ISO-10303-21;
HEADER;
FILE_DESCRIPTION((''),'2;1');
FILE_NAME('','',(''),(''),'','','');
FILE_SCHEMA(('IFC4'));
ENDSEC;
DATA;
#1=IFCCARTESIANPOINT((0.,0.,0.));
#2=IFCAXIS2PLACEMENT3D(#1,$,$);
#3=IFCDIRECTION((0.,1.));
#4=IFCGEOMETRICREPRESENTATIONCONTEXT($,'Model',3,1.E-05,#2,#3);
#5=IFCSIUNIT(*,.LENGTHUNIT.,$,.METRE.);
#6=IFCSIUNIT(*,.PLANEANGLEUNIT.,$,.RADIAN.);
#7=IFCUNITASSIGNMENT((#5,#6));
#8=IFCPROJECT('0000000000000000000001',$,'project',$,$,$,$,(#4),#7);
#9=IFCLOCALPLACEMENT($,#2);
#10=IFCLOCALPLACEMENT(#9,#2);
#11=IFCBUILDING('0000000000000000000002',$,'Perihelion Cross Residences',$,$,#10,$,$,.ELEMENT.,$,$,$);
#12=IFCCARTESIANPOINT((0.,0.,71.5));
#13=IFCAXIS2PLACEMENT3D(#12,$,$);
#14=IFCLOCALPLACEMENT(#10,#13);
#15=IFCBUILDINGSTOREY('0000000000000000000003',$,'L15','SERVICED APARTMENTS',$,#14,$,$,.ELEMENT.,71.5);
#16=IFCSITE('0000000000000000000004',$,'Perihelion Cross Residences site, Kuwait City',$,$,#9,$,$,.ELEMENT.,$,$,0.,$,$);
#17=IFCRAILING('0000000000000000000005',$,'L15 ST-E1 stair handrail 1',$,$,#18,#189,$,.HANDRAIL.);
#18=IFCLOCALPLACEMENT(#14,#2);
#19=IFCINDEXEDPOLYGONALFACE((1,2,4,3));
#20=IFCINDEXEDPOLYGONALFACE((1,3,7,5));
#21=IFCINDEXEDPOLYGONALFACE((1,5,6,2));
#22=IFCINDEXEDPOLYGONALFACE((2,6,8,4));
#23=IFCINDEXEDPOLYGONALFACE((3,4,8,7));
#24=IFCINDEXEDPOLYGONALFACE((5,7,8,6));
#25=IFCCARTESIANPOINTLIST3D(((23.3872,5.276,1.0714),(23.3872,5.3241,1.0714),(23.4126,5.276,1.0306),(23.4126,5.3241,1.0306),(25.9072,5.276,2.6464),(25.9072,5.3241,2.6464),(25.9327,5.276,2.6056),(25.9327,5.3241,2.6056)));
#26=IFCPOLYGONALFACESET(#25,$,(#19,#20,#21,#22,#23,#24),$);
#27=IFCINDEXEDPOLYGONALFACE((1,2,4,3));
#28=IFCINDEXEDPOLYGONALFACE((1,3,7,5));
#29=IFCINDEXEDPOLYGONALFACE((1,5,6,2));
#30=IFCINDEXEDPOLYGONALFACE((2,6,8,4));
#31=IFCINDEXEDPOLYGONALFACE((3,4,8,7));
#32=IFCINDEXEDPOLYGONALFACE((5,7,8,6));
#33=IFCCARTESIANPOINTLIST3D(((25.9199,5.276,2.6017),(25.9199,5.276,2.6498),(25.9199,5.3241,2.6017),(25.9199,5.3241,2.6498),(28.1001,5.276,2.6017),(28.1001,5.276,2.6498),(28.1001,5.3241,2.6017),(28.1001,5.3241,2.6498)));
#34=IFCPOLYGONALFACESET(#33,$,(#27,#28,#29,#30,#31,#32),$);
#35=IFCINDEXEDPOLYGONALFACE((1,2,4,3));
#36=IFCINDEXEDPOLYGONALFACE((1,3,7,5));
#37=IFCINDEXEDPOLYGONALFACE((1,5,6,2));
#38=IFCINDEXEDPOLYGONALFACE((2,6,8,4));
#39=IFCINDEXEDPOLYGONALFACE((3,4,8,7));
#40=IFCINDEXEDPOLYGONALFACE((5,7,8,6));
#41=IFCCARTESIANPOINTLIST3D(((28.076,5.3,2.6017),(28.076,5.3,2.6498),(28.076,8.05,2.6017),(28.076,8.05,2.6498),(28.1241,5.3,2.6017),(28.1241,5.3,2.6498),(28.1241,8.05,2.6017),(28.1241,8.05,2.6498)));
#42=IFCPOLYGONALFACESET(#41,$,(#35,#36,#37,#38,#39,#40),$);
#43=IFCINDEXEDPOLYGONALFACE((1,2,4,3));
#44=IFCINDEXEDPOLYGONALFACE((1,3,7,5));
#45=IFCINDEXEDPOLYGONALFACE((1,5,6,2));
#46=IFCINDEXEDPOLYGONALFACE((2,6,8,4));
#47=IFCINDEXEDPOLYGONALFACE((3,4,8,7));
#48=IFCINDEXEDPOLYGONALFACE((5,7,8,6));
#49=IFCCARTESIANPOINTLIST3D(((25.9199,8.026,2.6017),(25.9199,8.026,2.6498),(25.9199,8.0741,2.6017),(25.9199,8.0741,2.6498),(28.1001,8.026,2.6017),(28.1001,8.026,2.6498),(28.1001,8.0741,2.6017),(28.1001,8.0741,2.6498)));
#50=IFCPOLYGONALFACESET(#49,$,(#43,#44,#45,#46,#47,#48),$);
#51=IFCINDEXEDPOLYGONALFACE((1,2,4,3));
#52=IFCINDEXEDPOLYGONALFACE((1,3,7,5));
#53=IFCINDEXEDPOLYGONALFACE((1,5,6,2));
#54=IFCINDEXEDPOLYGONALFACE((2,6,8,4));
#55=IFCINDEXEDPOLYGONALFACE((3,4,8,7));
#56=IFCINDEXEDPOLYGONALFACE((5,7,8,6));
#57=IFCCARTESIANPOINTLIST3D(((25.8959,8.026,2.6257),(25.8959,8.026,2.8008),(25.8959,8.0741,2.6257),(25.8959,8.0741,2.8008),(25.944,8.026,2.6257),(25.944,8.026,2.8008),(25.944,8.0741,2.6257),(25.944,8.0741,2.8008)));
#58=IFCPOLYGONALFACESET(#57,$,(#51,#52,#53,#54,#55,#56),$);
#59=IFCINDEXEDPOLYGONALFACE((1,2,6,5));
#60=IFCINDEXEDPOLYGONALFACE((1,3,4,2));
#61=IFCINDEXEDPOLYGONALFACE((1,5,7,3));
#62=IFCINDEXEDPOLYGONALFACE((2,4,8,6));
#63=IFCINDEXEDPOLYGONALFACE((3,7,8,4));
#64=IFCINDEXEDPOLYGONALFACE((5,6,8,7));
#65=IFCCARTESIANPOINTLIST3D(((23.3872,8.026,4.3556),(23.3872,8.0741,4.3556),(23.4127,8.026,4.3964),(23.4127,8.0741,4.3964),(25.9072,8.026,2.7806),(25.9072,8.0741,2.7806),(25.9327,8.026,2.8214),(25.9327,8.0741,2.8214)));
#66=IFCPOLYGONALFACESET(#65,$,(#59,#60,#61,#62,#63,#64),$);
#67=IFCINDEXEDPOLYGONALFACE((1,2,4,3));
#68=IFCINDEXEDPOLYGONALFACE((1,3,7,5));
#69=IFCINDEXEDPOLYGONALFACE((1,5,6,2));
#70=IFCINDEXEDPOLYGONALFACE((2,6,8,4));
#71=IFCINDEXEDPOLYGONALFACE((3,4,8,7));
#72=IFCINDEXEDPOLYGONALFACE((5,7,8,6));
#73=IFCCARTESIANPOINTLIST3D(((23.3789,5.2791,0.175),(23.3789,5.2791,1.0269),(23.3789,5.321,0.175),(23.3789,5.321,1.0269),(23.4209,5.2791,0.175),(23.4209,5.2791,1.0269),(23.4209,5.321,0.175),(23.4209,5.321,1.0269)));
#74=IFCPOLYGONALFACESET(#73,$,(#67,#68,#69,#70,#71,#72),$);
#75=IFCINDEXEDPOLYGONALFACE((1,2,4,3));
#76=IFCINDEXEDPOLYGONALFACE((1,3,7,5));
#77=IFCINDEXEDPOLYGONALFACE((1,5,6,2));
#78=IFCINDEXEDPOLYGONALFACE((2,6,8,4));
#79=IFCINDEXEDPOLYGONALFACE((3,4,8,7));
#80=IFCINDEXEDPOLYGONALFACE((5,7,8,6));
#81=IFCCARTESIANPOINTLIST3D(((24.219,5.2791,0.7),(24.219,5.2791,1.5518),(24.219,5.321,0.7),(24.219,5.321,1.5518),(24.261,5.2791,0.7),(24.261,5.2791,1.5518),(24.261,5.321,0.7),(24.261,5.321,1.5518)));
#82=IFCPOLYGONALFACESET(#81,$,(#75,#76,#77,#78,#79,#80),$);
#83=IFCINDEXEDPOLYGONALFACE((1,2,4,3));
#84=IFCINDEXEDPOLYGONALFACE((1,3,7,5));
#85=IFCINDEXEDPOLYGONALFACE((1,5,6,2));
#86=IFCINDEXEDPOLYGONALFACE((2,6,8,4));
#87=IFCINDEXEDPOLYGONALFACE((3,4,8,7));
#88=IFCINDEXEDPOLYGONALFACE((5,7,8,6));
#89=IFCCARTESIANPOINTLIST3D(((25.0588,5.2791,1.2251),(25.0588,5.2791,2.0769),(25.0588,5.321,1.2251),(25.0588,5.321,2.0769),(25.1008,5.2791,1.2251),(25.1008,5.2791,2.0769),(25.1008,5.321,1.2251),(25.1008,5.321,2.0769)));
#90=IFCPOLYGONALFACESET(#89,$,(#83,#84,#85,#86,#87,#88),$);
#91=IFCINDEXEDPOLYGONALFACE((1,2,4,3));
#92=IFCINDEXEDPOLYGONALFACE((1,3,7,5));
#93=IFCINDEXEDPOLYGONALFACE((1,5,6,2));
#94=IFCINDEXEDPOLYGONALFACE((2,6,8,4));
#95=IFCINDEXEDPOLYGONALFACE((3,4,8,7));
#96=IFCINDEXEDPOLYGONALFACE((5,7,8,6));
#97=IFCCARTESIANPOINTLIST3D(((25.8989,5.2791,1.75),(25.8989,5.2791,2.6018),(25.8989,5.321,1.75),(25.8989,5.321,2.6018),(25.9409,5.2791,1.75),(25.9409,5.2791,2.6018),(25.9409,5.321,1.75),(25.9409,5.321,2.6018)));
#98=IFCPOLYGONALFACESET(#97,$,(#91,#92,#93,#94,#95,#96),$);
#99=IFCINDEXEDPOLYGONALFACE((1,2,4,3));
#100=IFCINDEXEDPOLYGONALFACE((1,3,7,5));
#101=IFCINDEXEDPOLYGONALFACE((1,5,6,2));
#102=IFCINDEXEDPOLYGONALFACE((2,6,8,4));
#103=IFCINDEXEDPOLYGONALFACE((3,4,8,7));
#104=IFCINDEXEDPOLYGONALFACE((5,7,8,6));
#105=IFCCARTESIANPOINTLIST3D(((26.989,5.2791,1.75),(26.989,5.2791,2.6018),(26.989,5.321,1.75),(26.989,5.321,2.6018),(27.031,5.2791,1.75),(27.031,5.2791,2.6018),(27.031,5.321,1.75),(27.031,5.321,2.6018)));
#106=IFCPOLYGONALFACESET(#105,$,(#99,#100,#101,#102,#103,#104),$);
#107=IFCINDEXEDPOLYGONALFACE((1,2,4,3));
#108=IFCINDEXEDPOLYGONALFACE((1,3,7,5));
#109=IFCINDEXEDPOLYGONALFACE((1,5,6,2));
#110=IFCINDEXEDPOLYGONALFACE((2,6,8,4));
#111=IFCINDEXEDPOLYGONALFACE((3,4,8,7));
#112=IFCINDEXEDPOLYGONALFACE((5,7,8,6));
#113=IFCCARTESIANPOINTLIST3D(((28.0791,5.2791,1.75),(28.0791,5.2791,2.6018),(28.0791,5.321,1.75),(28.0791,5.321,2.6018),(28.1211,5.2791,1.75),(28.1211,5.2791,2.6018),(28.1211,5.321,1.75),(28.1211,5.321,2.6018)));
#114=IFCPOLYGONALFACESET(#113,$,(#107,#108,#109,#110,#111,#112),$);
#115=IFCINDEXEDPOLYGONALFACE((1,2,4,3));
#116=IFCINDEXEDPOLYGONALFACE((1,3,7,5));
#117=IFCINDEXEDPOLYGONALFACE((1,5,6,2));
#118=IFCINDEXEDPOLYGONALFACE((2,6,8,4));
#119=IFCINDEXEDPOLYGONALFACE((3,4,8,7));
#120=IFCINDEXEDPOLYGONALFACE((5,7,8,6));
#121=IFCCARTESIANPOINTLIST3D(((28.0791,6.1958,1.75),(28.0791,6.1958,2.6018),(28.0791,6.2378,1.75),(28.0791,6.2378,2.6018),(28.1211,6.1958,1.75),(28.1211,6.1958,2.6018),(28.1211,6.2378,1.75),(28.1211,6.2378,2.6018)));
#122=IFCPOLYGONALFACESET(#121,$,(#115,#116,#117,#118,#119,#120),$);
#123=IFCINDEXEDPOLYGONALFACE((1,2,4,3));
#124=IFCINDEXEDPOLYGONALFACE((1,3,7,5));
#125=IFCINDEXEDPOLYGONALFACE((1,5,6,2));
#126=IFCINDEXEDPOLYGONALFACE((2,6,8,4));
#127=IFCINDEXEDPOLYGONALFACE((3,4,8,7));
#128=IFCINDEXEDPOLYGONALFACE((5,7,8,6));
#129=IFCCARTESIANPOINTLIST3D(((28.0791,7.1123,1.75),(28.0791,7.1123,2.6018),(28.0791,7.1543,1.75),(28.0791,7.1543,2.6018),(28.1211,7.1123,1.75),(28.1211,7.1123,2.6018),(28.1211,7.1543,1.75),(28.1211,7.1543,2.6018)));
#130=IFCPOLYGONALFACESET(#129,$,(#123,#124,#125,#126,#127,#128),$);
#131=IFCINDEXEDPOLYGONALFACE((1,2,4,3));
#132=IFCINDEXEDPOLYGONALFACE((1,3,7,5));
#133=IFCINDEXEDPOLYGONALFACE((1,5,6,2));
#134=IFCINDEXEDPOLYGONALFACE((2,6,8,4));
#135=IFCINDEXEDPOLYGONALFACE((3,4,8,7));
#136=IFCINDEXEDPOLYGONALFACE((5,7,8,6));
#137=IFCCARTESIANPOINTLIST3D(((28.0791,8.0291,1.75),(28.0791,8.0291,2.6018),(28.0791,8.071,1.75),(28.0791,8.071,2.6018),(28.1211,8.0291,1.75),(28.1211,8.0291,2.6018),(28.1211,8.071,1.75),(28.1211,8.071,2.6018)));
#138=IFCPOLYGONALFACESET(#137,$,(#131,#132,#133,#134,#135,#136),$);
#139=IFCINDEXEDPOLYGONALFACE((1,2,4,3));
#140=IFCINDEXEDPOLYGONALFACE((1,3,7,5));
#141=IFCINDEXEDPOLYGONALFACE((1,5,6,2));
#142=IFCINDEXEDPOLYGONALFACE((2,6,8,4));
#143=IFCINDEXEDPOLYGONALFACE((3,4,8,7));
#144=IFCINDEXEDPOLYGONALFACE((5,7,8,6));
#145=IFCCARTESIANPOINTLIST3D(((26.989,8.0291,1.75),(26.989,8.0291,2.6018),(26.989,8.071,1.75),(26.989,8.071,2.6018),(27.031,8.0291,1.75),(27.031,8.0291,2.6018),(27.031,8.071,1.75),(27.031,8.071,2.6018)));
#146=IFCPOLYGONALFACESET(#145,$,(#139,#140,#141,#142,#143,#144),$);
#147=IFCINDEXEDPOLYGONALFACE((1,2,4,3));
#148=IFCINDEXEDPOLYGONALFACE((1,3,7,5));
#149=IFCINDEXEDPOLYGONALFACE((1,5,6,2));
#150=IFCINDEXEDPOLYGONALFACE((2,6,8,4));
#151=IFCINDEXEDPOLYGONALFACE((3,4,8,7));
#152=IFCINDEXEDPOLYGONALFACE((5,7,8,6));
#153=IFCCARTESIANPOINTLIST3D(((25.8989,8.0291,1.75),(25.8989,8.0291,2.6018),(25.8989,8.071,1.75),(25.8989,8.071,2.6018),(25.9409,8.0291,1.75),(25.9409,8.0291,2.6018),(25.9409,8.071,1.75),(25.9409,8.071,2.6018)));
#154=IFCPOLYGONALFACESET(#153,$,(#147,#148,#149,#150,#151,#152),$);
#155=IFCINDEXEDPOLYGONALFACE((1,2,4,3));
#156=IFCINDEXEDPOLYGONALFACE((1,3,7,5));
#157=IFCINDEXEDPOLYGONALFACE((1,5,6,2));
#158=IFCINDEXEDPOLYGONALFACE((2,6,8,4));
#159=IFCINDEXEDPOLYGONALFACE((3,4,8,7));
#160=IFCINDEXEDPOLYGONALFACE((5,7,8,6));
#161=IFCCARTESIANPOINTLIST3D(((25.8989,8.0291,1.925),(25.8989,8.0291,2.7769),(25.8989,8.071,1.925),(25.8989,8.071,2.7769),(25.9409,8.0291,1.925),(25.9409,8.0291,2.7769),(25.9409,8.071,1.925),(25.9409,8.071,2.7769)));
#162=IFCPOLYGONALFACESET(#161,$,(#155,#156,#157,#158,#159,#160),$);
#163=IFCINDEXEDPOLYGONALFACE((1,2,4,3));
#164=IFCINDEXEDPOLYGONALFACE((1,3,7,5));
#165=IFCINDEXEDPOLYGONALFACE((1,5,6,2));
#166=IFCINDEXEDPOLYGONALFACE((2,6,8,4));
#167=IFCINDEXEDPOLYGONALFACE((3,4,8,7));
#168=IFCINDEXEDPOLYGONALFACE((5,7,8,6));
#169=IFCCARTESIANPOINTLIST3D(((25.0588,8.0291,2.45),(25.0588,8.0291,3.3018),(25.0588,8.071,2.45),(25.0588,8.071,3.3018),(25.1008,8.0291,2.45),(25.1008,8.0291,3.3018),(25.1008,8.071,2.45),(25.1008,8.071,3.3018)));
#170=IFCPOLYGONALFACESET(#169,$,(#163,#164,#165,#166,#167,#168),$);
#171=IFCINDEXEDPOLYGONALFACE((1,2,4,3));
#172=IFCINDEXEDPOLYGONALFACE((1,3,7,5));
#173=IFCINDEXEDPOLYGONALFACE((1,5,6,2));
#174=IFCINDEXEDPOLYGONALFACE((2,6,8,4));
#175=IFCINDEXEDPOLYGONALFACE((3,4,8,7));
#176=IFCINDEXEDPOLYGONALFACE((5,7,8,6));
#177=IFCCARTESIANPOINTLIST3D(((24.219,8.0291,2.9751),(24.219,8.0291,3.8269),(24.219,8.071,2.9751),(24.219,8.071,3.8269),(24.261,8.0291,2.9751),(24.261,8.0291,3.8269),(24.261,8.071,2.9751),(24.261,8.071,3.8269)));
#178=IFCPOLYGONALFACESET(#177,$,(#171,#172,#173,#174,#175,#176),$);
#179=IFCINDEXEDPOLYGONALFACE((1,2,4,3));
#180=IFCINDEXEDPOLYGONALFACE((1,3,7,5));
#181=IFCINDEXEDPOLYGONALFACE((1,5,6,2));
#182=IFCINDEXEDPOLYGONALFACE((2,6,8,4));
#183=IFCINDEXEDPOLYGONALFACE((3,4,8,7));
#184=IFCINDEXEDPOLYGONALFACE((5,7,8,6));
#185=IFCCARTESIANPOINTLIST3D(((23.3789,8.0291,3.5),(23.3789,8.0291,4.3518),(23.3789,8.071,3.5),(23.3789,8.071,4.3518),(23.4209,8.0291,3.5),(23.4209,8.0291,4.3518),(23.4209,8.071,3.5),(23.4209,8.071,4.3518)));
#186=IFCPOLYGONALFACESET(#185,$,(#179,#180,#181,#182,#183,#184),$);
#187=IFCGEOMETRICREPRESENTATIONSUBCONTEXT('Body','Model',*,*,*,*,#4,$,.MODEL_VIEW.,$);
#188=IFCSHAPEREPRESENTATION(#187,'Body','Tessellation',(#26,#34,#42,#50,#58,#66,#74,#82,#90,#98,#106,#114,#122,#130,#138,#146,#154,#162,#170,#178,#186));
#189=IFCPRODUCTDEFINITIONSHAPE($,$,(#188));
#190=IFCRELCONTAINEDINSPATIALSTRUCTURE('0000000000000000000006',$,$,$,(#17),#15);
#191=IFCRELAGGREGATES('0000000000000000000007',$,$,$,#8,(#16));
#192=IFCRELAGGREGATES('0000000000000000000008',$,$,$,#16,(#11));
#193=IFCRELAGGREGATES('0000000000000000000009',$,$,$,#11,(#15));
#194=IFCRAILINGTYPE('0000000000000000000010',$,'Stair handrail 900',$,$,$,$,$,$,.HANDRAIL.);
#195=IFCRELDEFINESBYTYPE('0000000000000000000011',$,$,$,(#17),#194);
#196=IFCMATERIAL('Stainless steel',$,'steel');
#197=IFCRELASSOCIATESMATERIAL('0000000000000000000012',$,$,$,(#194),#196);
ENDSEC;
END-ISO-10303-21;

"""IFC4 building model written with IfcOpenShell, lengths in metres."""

from ifc_helpers import new_model, si_unit, direction, frame, origin, origin_2d, place, context, subcontext, project, spatial, rectangle, extrude, material, type_object, element, save


model = new_model("IFC4")

# Units and contexts
model_context = context("Model", 3, precision=1e-05, world=origin(), true_north=direction((0.0, 1.0)))
body_context = subcontext(model_context, "Body", "Model", "MODEL_VIEW")
ifc_project = project(units=[si_unit("LENGTHUNIT", "METRE"), si_unit("PLANEANGLEUNIT", "RADIAN")], contexts=[model_context])

# Site, building, storey
site_placement = place(None, origin())
site = spatial("IfcSite", under=ifc_project, at=site_placement, Name="Perihelion Cross Residences site, Kuwait City", CompositionType="ELEMENT", RefElevation=0.0)
building_placement = place(site_placement, origin())
building = spatial("IfcBuilding", under=site, at=building_placement, Name="Perihelion Cross Residences", CompositionType="ELEMENT")
storey_placement = place(building_placement, frame((0.0, 0.0, 71.5)))
storey = spatial("IfcBuildingStorey", under=building, at=storey_placement, Name="L15", Description="SERVICED APARTMENTS", CompositionType="ELEMENT", Elevation=71.5)

# Railing
ifc_material_1 = material(Name="Stainless steel", Category="steel")
railing_type_1 = type_object("IfcRailingType", Name="Stair handrail 900", PredefinedType="HANDRAIL", material=ifc_material_1)
railing_1_placement = place(storey_placement, frame((23.3999, 5.3, 0.175)))
element("IfcRailing", 1, at=railing_1_placement, inside=storey, type_object=railing_type_1, Name="L15 ST-E1 stair handrail 1", PredefinedType="HANDRAIL", context=body_context, shape_type="SweptSolid", body=[
    extrude(rectangle(XDim=0.0481, YDim=0.0481, at=origin_2d()), frame((0.0, 0.0, 0.876), z_axis=(0.848008, 0.0, 0.529984), x_axis=(0.0, 1.0, 0.0)), (0.0, 0.0, 1.0), 2.9717),
    extrude(rectangle(XDim=0.0481, YDim=0.0481, at=origin_2d()), frame((2.52, 0.0, 2.4507), z_axis=(1.0, 0.0, 0.0), x_axis=(0.0, 1.0, 0.0)), (0.0, 0.0, 1.0), 2.1802),
    extrude(rectangle(XDim=0.0481, YDim=0.0481, at=origin_2d()), frame((4.7002, 0.0, 2.4507), z_axis=(0.0, 1.0, 0.0), x_axis=(-1.0, 0.0, 0.0)), (0.0, 0.0, 1.0), 2.75),
    extrude(rectangle(XDim=0.0481, YDim=0.0481, at=origin_2d()), frame((4.7002, 2.75, 2.4507), z_axis=(-1.0, 0.0, 0.0), x_axis=(0.0, -1.0, 0.0)), (0.0, 0.0, 1.0), 2.1802),
    extrude(rectangle(XDim=0.0481, YDim=0.0481, at=origin_2d()), frame((2.52, 2.75, 2.4507), z_axis=(0.0, 0.0, 1.0), x_axis=(1.0, 0.0, 0.0)), (0.0, 0.0, 1.0), 0.175),
    extrude(rectangle(XDim=0.0481, YDim=0.0481, at=origin_2d()), frame((2.52, 2.75, 2.626), z_axis=(-0.848008, 0.0, 0.529984), x_axis=(0.0, -1.0, 0.0)), (0.0, 0.0, 1.0), 2.9717),
    extrude(rectangle(XDim=0.042, YDim=0.042, at=origin_2d()), origin(), (0.0, 0.0, 1.0), 0.8518),
    extrude(rectangle(XDim=0.042, YDim=0.042, at=origin_2d()), frame((0.8401, 0.0, 0.5249)), (0.0, 0.0, 1.0), 0.8518),
    extrude(rectangle(XDim=0.042, YDim=0.042, at=origin_2d()), frame((1.6799, 0.0, 1.05)), (0.0, 0.0, 1.0), 0.8518),
    extrude(rectangle(XDim=0.042, YDim=0.042, at=origin_2d()), frame((2.52, 0.0, 1.575)), (0.0, 0.0, 1.0), 0.8518),
    extrude(rectangle(XDim=0.042, YDim=0.042, at=origin_2d()), frame((3.6101, 0.0, 1.575)), (0.0, 0.0, 1.0), 0.8518),
    extrude(rectangle(XDim=0.042, YDim=0.042, at=origin_2d()), frame((4.7002, 0.0, 1.575)), (0.0, 0.0, 1.0), 0.8518),
    extrude(rectangle(XDim=0.042, YDim=0.042, at=origin_2d()), frame((4.7002, 0.9167, 1.575)), (0.0, 0.0, 1.0), 0.8518),
    extrude(rectangle(XDim=0.042, YDim=0.042, at=origin_2d()), frame((4.7002, 1.8333, 1.575)), (0.0, 0.0, 1.0), 0.8518),
    extrude(rectangle(XDim=0.042, YDim=0.042, at=origin_2d()), frame((4.7002, 2.75, 1.575)), (0.0, 0.0, 1.0), 0.8518),
    extrude(rectangle(XDim=0.042, YDim=0.042, at=origin_2d()), frame((3.6101, 2.75, 1.575)), (0.0, 0.0, 1.0), 0.8518),
    extrude(rectangle(XDim=0.042, YDim=0.042, at=origin_2d()), frame((2.52, 2.75, 1.575)), (0.0, 0.0, 1.0), 0.8518),
    extrude(rectangle(XDim=0.042, YDim=0.042, at=origin_2d()), frame((2.52, 2.75, 1.75)), (0.0, 0.0, 1.0), 0.8518),
    extrude(rectangle(XDim=0.042, YDim=0.042, at=origin_2d()), frame((1.6799, 2.75, 2.2749)), (0.0, 0.0, 1.0), 0.8518),
    extrude(rectangle(XDim=0.042, YDim=0.042, at=origin_2d()), frame((0.8401, 2.75, 2.8)), (0.0, 0.0, 1.0), 0.8518),
    extrude(rectangle(XDim=0.042, YDim=0.042, at=origin_2d()), frame((0.0, 2.75, 3.325)), (0.0, 0.0, 1.0), 0.8518),
])

save(model, "model.ifc")
